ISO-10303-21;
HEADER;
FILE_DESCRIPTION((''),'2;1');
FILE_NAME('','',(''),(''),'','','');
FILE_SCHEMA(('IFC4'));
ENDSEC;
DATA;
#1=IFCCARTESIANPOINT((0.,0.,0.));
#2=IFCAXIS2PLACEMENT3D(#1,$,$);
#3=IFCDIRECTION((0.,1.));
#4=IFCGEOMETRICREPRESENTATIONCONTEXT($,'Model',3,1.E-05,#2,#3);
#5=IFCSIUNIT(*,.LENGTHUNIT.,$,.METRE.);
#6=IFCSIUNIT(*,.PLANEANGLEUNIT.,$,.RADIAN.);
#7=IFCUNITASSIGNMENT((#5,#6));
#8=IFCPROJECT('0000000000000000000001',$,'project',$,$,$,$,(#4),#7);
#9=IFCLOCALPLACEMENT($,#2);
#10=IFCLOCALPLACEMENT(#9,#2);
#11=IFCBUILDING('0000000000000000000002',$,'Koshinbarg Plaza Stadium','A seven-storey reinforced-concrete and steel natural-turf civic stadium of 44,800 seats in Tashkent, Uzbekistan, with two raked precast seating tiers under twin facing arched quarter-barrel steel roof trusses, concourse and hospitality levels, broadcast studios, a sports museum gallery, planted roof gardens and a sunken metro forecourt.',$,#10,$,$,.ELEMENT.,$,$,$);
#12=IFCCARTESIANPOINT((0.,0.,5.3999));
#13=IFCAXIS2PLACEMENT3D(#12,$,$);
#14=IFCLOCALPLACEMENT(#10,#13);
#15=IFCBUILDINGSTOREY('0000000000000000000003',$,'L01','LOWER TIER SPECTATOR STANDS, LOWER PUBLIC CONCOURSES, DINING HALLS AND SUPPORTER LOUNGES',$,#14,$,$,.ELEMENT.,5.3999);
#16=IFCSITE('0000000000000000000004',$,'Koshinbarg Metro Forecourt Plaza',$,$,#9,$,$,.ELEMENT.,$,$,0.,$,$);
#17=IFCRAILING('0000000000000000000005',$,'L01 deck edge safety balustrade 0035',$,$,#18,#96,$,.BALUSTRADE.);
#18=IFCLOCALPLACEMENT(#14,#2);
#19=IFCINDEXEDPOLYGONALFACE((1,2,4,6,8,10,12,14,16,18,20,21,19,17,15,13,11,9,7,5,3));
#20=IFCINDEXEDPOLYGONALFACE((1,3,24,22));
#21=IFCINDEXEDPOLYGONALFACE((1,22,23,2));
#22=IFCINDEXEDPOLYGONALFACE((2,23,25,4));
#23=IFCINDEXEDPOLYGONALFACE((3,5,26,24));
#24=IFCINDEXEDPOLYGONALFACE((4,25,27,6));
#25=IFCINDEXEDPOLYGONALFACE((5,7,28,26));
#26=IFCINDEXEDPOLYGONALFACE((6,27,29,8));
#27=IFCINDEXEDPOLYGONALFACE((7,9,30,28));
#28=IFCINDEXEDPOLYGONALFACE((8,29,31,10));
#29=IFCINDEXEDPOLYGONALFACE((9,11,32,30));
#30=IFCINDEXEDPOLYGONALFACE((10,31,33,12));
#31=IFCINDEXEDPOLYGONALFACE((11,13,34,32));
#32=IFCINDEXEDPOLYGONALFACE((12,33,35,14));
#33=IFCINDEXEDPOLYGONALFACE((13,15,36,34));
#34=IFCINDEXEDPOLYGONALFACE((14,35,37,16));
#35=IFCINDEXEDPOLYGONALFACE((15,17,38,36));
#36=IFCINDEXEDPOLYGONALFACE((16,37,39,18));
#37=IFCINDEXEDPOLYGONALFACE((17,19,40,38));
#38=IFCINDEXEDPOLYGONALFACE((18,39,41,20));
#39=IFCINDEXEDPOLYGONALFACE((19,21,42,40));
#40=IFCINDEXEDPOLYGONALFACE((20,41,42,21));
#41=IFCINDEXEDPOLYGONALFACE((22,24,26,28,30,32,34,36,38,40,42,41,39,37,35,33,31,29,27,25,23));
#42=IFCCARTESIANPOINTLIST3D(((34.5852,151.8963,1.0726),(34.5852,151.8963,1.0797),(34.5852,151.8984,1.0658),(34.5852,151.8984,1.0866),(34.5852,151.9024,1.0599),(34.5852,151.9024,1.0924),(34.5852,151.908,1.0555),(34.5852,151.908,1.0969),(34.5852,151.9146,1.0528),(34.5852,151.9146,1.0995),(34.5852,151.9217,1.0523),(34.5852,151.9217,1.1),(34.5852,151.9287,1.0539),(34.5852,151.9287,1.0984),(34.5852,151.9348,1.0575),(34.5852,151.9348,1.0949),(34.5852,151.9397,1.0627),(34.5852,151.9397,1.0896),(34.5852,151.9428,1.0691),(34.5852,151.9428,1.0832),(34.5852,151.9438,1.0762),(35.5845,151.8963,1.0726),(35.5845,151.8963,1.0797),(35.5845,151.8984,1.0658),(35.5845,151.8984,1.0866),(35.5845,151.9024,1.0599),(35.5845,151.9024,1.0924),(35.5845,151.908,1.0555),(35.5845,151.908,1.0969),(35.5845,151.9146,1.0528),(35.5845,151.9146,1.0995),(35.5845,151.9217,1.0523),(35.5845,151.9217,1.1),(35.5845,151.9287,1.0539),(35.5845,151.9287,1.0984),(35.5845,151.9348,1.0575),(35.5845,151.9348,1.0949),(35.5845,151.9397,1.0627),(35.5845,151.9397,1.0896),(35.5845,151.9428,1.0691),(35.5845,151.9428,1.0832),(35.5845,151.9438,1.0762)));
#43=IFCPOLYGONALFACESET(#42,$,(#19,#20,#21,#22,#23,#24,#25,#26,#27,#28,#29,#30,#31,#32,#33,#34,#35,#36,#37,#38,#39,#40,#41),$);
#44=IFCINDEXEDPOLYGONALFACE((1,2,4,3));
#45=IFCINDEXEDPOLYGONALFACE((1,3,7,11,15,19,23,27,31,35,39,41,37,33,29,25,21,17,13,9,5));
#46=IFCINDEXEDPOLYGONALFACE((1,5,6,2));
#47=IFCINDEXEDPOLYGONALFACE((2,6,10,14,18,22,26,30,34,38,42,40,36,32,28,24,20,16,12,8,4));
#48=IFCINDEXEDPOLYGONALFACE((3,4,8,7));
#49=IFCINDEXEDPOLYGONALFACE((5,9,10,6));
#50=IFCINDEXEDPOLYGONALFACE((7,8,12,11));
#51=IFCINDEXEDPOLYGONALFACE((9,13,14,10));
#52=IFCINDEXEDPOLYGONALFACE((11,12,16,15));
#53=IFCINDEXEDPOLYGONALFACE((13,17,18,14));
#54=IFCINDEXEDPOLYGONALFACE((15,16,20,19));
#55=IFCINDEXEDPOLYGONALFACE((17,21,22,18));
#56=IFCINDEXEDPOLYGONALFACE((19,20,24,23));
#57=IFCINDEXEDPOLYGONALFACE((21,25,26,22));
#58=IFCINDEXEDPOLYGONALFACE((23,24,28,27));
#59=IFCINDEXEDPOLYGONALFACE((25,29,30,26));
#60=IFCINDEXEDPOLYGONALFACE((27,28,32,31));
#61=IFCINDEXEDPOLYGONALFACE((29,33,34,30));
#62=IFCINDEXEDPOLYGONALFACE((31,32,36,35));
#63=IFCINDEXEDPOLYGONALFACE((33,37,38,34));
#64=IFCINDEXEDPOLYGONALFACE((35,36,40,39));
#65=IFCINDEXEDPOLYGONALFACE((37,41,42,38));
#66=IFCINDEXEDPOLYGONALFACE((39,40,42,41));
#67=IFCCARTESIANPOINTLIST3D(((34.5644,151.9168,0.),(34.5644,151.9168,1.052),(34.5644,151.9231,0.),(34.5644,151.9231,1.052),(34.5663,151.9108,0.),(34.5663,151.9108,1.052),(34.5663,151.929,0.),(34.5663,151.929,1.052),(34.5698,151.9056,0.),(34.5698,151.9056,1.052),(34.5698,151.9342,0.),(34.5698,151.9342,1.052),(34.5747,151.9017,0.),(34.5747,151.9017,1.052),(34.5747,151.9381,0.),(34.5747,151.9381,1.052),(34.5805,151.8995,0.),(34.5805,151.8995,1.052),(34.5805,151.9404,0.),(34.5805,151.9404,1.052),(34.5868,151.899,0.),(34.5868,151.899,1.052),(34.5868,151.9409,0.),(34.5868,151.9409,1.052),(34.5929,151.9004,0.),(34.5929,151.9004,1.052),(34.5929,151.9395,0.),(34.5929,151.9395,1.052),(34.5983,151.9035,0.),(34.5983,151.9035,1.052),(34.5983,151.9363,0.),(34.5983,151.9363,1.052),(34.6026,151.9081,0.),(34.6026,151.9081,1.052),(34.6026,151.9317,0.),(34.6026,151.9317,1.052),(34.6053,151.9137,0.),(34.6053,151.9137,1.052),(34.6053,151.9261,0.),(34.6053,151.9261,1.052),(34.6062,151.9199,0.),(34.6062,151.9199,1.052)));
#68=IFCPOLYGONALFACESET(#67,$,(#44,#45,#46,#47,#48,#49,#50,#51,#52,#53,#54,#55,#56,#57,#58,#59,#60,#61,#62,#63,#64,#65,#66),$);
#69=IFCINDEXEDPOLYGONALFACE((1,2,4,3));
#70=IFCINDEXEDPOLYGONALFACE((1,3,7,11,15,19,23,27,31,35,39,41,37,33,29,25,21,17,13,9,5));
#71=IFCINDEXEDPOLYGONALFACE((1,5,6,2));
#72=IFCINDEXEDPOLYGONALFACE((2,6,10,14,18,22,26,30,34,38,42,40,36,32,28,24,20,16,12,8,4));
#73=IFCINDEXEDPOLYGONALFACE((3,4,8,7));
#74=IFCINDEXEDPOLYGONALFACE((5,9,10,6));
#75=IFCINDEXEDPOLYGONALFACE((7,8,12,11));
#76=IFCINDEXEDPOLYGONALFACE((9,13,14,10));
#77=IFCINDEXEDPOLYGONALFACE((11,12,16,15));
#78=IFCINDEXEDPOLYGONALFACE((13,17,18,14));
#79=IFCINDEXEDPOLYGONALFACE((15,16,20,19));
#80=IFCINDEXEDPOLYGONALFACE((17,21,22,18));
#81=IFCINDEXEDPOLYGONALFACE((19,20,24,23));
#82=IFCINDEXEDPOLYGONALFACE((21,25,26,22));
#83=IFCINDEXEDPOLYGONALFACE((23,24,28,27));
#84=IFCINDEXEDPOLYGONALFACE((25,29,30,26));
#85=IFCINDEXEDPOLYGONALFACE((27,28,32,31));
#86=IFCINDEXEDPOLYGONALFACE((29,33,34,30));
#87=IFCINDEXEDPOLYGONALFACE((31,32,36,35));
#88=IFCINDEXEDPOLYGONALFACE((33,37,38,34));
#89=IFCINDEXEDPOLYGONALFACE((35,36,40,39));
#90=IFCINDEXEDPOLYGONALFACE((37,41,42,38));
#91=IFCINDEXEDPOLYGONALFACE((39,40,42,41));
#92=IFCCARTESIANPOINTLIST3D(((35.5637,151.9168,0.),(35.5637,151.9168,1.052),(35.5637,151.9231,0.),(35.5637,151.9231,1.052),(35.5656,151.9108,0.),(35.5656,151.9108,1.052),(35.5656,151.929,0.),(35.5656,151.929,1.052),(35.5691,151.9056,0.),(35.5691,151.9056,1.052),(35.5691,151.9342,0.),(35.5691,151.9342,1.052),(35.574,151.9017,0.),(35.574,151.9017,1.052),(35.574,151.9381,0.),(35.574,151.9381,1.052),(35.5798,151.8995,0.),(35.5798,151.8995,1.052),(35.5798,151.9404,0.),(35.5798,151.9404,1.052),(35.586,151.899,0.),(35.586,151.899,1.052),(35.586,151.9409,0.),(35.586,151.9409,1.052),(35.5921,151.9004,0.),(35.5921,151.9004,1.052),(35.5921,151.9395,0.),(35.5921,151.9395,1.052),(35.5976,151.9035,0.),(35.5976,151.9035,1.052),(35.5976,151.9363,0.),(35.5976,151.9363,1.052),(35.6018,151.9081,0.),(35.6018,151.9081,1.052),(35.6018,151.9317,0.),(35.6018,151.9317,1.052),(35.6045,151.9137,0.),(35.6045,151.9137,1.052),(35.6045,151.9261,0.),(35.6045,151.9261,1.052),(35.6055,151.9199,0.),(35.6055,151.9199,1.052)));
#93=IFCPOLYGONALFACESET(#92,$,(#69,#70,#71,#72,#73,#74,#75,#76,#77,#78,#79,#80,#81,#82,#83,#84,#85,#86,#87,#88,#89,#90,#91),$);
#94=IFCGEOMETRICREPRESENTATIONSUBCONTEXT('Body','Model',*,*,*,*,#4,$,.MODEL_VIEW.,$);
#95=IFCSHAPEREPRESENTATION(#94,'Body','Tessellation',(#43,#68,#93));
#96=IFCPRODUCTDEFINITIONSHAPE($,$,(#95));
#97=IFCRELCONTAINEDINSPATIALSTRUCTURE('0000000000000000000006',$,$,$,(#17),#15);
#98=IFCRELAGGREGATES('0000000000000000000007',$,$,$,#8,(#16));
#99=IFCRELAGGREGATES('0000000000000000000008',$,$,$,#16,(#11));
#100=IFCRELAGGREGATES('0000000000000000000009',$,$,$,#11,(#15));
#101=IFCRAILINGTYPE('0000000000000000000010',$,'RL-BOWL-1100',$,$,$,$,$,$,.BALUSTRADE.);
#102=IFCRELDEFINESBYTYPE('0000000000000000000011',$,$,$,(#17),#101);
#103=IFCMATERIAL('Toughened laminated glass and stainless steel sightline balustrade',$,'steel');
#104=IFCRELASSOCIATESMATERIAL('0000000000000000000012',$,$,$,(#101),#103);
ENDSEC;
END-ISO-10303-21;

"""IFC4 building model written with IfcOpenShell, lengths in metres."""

from ifc_helpers import new_model, si_unit, direction, frame, origin, origin_2d, place, context, subcontext, project, spatial, circle, extrude, material, type_object, element, save


model = new_model("IFC4")

# Units and contexts
model_context = context("Model", 3, precision=1e-05, world=origin(), true_north=direction((0.0, 1.0)))
body_context = subcontext(model_context, "Body", "Model", "MODEL_VIEW")
ifc_project = project(units=[si_unit("LENGTHUNIT", "METRE"), si_unit("PLANEANGLEUNIT", "RADIAN")], contexts=[model_context])

# Site, building, storey
site_placement = place(None, origin())
site = spatial("IfcSite", under=ifc_project, at=site_placement, Name="Koshinbarg Metro Forecourt Plaza", CompositionType="ELEMENT", RefElevation=0.0)
building_placement = place(site_placement, origin())
building = spatial("IfcBuilding", under=site, at=building_placement, Name="Koshinbarg Plaza Stadium", Description="A seven-storey reinforced-concrete and steel natural-turf civic stadium of 44,800 seats in Tashkent, Uzbekistan, with two raked precast seating tiers under twin facing arched quarter-barrel steel roof trusses, concourse and hospitality levels, broadcast studios, a sports museum gallery, planted roof gardens and a sunken metro forecourt.", CompositionType="ELEMENT")
storey_placement = place(building_placement, frame((0.0, 0.0, 5.3999)))
storey = spatial("IfcBuildingStorey", under=building, at=storey_placement, Name="L01", Description="LOWER TIER SPECTATOR STANDS, LOWER PUBLIC CONCOURSES, DINING HALLS AND SUPPORTER LOUNGES", CompositionType="ELEMENT", Elevation=5.3999)

# Railing
ifc_material_1 = material(Name="Toughened laminated glass and stainless steel sightline balustrade", Category="steel")
railing_type = type_object("IfcRailingType", Name="RL-BOWL-1100", PredefinedType="BALUSTRADE", material=ifc_material_1)
railing_placement = place(storey_placement, frame((34.5852, 151.9199, 0.0)))
element("IfcRailing", 1, at=railing_placement, inside=storey, type_object=railing_type, Name="L01 deck edge safety balustrade 0035", PredefinedType="BALUSTRADE", context=body_context, shape_type="SweptSolid", body=[
    extrude(circle(Radius=0.0239, at=origin_2d()), frame((0.0, 0.0, 1.0762), z_axis=(1.0, 0.0, 0.0), x_axis=(0.0, 1.0, 0.0)), (0.0, 0.0, 1.0), 0.9993),
    extrude(circle(Radius=0.021, at=origin_2d()), origin(), (0.0, 0.0, 1.0), 1.052),
    extrude(circle(Radius=0.021, at=origin_2d()), frame((0.9993, 0.0, 0.0)), (0.0, 0.0, 1.0), 1.052),
])

save(model, "model.ifc")
